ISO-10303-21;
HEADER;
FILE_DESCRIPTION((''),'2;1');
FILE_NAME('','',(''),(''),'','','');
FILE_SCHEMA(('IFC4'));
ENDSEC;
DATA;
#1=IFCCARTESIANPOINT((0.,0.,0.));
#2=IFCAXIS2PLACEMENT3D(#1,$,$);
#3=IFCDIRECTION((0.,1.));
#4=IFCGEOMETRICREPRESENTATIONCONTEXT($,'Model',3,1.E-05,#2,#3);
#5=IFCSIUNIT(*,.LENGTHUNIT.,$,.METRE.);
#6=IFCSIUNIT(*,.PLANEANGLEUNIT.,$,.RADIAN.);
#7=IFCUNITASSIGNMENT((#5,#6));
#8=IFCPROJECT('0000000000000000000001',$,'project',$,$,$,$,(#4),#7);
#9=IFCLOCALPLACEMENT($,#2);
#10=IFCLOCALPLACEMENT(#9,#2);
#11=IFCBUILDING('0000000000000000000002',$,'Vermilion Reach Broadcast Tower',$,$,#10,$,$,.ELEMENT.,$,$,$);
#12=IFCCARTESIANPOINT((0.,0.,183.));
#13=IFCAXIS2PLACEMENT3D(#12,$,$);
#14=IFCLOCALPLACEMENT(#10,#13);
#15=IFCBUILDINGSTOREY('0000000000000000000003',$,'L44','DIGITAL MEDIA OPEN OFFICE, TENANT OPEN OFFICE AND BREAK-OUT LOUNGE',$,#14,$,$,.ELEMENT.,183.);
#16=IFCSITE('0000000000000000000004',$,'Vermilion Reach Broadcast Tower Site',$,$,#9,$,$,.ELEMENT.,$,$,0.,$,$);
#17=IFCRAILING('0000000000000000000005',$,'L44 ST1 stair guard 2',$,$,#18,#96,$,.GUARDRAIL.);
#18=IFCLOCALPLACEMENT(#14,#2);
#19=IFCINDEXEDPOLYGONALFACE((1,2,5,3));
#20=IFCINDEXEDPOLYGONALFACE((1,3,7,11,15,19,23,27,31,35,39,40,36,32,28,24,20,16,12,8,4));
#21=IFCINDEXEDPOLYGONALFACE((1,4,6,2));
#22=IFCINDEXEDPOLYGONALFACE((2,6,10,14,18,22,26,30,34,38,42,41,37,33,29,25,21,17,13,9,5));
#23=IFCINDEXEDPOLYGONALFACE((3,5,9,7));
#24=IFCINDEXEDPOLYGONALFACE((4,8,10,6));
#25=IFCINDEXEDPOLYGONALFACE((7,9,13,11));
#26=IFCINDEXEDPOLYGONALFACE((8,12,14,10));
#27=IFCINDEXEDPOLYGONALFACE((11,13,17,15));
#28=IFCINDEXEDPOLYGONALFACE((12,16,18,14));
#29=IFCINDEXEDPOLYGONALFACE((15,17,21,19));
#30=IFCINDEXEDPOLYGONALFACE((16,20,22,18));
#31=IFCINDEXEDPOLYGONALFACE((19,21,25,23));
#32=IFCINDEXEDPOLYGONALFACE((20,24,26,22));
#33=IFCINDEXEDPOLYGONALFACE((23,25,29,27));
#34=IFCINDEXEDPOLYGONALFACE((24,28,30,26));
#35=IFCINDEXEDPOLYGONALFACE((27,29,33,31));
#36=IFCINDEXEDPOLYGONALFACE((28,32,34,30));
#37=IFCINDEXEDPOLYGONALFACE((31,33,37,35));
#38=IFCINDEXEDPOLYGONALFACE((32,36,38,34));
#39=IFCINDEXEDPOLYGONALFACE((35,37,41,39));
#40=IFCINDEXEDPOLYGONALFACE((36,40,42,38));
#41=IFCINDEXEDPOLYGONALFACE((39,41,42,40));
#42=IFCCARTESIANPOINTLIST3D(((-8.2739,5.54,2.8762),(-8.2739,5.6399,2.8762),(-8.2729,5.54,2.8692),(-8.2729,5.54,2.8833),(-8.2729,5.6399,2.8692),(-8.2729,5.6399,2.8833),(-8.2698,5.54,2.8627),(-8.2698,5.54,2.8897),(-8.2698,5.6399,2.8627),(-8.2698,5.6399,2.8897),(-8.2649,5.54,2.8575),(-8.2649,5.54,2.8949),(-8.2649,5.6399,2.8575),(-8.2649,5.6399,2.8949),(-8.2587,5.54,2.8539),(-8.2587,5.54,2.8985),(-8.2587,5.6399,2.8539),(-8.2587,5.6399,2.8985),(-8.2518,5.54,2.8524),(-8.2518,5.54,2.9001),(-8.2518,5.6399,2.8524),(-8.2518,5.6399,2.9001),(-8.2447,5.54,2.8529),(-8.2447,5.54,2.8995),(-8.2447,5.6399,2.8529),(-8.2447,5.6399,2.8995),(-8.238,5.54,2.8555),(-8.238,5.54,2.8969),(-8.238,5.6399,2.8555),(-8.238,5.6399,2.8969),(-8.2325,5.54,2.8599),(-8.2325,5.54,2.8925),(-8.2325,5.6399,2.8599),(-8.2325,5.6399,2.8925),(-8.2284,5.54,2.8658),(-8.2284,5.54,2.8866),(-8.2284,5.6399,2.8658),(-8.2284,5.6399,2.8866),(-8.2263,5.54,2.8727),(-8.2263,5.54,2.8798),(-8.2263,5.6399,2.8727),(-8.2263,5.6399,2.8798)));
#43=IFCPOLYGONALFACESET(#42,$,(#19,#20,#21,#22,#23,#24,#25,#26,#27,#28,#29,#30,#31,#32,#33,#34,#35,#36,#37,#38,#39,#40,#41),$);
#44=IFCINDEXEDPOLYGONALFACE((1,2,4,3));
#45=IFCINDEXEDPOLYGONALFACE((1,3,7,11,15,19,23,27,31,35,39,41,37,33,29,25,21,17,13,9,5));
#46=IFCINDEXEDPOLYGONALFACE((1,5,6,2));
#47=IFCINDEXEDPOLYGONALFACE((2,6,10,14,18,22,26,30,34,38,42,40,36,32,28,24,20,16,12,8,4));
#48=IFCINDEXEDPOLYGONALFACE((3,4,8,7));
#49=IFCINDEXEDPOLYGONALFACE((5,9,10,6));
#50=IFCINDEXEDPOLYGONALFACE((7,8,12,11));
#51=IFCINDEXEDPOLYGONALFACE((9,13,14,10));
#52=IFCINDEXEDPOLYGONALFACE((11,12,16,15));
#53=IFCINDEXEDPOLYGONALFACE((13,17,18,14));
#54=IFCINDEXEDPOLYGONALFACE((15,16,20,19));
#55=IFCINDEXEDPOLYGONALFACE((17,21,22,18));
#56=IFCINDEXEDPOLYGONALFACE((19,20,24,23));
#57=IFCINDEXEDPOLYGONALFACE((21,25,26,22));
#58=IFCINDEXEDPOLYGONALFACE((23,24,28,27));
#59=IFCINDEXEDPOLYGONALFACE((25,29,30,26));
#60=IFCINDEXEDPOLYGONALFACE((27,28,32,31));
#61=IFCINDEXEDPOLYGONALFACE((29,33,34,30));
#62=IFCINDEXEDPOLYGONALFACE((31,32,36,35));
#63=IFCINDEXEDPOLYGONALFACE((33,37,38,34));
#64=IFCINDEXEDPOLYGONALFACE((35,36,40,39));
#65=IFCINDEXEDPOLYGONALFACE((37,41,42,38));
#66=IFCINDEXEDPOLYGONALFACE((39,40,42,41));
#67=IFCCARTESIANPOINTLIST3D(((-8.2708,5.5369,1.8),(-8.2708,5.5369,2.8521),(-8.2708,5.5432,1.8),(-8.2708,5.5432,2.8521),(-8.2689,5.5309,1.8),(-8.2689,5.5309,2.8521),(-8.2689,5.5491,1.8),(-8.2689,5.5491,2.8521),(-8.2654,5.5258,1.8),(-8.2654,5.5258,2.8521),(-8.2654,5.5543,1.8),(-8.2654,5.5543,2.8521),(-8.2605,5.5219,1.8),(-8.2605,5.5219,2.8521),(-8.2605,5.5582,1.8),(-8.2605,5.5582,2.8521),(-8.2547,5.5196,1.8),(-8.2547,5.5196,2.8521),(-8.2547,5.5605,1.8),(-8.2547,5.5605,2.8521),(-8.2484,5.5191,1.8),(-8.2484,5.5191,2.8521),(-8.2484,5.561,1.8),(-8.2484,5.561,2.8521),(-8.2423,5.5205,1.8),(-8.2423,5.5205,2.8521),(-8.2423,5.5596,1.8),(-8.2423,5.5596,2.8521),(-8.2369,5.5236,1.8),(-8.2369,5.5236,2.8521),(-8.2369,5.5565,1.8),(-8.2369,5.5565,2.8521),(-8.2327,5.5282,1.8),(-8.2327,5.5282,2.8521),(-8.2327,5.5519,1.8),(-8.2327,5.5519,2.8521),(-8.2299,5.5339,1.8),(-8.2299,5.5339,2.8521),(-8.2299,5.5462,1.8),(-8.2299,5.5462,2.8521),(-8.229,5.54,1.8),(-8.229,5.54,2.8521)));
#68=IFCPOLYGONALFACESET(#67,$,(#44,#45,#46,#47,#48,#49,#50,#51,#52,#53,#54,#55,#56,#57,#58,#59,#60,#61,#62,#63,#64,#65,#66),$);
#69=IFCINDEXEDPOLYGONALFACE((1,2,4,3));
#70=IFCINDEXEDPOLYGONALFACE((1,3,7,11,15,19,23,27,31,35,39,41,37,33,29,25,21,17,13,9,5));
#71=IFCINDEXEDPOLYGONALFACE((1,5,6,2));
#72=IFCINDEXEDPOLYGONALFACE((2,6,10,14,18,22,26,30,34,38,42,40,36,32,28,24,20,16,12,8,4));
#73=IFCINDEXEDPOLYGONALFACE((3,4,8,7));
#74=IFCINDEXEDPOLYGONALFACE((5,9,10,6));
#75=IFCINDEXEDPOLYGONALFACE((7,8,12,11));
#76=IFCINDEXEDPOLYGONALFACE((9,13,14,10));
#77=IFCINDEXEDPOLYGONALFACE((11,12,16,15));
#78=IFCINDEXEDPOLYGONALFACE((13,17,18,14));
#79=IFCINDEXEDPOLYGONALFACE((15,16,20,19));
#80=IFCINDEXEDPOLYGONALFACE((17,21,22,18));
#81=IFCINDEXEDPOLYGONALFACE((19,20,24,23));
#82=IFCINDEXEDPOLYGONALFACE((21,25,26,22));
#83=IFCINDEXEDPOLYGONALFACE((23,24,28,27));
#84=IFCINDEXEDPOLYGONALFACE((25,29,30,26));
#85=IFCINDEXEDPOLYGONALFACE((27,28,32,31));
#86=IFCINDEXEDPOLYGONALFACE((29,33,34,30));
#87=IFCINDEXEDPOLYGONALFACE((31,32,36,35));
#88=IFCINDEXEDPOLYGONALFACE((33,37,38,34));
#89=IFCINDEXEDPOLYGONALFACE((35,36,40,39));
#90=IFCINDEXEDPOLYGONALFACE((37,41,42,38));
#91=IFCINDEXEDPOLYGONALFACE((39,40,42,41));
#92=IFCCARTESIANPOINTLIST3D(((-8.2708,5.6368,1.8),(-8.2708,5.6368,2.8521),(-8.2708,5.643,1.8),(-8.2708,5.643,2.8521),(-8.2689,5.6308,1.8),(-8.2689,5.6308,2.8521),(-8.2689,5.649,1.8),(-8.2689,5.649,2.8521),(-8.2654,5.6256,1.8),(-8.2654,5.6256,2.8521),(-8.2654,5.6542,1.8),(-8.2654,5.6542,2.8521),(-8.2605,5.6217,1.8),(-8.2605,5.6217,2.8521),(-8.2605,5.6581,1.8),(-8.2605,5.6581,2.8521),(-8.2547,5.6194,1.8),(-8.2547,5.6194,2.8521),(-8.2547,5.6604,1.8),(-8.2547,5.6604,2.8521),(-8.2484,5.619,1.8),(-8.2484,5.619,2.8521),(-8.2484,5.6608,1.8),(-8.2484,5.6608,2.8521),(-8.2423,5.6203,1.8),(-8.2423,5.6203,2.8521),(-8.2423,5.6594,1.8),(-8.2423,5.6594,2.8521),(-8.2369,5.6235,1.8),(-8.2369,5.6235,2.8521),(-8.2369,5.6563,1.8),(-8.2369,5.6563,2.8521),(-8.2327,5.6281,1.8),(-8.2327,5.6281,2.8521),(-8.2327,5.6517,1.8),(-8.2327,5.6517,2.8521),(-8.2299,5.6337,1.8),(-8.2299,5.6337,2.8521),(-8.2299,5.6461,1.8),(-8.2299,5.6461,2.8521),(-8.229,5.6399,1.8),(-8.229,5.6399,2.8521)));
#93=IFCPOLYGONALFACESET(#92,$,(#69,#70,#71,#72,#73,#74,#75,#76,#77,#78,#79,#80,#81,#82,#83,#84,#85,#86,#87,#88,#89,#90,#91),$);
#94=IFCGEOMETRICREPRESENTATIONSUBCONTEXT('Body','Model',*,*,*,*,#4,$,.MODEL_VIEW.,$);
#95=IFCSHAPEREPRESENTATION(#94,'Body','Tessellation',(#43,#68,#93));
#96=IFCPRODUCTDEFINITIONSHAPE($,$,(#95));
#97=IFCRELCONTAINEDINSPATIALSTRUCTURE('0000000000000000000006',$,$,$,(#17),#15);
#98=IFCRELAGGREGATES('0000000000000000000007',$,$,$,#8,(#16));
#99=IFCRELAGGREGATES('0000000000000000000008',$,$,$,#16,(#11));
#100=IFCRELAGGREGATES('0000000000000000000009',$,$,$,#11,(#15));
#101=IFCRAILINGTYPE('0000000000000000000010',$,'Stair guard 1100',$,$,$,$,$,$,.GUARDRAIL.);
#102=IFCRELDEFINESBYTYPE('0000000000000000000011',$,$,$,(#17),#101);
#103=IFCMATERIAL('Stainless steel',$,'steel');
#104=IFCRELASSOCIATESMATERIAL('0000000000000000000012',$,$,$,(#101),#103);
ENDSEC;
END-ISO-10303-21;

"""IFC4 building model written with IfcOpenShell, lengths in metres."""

from ifc_helpers import new_model, si_unit, direction, frame, origin, origin_2d, place, context, subcontext, project, spatial, circle, extrude, material, type_object, element, save


model = new_model("IFC4")

# Units and contexts
model_context = context("Model", 3, precision=1e-05, world=origin(), true_north=direction((0.0, 1.0)))
body_context = subcontext(model_context, "Body", "Model", "MODEL_VIEW")
ifc_project = project(units=[si_unit("LENGTHUNIT", "METRE"), si_unit("PLANEANGLEUNIT", "RADIAN")], contexts=[model_context])

# Site, building, storey
site_placement = place(None, origin())
site = spatial("IfcSite", under=ifc_project, at=site_placement, Name="Vermilion Reach Broadcast Tower Site", CompositionType="ELEMENT", RefElevation=0.0)
building_placement = place(site_placement, origin())
building = spatial("IfcBuilding", under=site, at=building_placement, Name="Vermilion Reach Broadcast Tower", CompositionType="ELEMENT")
storey_placement = place(building_placement, frame((0.0, 0.0, 183.0)))
storey = spatial("IfcBuildingStorey", under=building, at=storey_placement, Name="L44", Description="DIGITAL MEDIA OPEN OFFICE, TENANT OPEN OFFICE AND BREAK-OUT LOUNGE", CompositionType="ELEMENT", Elevation=183.0)

# Railing
ifc_material_1 = material(Name="Stainless steel", Category="steel")
railing_type_1 = type_object("IfcRailingType", Name="Stair guard 1100", PredefinedType="GUARDRAIL", material=ifc_material_1)
railing_1_placement = place(storey_placement, frame((-8.25, 5.54, 1.8)))
element("IfcRailing", 1, at=railing_1_placement, inside=storey, type_object=railing_type_1, Name="L44 ST1 stair guard 2", PredefinedType="GUARDRAIL", context=body_context, shape_type="SweptSolid", body=[
    extrude(circle(Radius=0.0239, at=origin_2d()), frame((0.0, 0.0, 1.0762), z_axis=(0.0, 1.0, 0.0), x_axis=(-1.0, 0.0, 0.0)), (0.0, 0.0, 1.0), 0.0999),
    extrude(circle(Radius=0.021, at=origin_2d()), origin(), (0.0, 0.0, 1.0), 1.052),
    extrude(circle(Radius=0.021, at=origin_2d()), frame((0.0, 0.0999, 0.0)), (0.0, 0.0, 1.0), 1.052),
])

save(model, "model.ifc")
